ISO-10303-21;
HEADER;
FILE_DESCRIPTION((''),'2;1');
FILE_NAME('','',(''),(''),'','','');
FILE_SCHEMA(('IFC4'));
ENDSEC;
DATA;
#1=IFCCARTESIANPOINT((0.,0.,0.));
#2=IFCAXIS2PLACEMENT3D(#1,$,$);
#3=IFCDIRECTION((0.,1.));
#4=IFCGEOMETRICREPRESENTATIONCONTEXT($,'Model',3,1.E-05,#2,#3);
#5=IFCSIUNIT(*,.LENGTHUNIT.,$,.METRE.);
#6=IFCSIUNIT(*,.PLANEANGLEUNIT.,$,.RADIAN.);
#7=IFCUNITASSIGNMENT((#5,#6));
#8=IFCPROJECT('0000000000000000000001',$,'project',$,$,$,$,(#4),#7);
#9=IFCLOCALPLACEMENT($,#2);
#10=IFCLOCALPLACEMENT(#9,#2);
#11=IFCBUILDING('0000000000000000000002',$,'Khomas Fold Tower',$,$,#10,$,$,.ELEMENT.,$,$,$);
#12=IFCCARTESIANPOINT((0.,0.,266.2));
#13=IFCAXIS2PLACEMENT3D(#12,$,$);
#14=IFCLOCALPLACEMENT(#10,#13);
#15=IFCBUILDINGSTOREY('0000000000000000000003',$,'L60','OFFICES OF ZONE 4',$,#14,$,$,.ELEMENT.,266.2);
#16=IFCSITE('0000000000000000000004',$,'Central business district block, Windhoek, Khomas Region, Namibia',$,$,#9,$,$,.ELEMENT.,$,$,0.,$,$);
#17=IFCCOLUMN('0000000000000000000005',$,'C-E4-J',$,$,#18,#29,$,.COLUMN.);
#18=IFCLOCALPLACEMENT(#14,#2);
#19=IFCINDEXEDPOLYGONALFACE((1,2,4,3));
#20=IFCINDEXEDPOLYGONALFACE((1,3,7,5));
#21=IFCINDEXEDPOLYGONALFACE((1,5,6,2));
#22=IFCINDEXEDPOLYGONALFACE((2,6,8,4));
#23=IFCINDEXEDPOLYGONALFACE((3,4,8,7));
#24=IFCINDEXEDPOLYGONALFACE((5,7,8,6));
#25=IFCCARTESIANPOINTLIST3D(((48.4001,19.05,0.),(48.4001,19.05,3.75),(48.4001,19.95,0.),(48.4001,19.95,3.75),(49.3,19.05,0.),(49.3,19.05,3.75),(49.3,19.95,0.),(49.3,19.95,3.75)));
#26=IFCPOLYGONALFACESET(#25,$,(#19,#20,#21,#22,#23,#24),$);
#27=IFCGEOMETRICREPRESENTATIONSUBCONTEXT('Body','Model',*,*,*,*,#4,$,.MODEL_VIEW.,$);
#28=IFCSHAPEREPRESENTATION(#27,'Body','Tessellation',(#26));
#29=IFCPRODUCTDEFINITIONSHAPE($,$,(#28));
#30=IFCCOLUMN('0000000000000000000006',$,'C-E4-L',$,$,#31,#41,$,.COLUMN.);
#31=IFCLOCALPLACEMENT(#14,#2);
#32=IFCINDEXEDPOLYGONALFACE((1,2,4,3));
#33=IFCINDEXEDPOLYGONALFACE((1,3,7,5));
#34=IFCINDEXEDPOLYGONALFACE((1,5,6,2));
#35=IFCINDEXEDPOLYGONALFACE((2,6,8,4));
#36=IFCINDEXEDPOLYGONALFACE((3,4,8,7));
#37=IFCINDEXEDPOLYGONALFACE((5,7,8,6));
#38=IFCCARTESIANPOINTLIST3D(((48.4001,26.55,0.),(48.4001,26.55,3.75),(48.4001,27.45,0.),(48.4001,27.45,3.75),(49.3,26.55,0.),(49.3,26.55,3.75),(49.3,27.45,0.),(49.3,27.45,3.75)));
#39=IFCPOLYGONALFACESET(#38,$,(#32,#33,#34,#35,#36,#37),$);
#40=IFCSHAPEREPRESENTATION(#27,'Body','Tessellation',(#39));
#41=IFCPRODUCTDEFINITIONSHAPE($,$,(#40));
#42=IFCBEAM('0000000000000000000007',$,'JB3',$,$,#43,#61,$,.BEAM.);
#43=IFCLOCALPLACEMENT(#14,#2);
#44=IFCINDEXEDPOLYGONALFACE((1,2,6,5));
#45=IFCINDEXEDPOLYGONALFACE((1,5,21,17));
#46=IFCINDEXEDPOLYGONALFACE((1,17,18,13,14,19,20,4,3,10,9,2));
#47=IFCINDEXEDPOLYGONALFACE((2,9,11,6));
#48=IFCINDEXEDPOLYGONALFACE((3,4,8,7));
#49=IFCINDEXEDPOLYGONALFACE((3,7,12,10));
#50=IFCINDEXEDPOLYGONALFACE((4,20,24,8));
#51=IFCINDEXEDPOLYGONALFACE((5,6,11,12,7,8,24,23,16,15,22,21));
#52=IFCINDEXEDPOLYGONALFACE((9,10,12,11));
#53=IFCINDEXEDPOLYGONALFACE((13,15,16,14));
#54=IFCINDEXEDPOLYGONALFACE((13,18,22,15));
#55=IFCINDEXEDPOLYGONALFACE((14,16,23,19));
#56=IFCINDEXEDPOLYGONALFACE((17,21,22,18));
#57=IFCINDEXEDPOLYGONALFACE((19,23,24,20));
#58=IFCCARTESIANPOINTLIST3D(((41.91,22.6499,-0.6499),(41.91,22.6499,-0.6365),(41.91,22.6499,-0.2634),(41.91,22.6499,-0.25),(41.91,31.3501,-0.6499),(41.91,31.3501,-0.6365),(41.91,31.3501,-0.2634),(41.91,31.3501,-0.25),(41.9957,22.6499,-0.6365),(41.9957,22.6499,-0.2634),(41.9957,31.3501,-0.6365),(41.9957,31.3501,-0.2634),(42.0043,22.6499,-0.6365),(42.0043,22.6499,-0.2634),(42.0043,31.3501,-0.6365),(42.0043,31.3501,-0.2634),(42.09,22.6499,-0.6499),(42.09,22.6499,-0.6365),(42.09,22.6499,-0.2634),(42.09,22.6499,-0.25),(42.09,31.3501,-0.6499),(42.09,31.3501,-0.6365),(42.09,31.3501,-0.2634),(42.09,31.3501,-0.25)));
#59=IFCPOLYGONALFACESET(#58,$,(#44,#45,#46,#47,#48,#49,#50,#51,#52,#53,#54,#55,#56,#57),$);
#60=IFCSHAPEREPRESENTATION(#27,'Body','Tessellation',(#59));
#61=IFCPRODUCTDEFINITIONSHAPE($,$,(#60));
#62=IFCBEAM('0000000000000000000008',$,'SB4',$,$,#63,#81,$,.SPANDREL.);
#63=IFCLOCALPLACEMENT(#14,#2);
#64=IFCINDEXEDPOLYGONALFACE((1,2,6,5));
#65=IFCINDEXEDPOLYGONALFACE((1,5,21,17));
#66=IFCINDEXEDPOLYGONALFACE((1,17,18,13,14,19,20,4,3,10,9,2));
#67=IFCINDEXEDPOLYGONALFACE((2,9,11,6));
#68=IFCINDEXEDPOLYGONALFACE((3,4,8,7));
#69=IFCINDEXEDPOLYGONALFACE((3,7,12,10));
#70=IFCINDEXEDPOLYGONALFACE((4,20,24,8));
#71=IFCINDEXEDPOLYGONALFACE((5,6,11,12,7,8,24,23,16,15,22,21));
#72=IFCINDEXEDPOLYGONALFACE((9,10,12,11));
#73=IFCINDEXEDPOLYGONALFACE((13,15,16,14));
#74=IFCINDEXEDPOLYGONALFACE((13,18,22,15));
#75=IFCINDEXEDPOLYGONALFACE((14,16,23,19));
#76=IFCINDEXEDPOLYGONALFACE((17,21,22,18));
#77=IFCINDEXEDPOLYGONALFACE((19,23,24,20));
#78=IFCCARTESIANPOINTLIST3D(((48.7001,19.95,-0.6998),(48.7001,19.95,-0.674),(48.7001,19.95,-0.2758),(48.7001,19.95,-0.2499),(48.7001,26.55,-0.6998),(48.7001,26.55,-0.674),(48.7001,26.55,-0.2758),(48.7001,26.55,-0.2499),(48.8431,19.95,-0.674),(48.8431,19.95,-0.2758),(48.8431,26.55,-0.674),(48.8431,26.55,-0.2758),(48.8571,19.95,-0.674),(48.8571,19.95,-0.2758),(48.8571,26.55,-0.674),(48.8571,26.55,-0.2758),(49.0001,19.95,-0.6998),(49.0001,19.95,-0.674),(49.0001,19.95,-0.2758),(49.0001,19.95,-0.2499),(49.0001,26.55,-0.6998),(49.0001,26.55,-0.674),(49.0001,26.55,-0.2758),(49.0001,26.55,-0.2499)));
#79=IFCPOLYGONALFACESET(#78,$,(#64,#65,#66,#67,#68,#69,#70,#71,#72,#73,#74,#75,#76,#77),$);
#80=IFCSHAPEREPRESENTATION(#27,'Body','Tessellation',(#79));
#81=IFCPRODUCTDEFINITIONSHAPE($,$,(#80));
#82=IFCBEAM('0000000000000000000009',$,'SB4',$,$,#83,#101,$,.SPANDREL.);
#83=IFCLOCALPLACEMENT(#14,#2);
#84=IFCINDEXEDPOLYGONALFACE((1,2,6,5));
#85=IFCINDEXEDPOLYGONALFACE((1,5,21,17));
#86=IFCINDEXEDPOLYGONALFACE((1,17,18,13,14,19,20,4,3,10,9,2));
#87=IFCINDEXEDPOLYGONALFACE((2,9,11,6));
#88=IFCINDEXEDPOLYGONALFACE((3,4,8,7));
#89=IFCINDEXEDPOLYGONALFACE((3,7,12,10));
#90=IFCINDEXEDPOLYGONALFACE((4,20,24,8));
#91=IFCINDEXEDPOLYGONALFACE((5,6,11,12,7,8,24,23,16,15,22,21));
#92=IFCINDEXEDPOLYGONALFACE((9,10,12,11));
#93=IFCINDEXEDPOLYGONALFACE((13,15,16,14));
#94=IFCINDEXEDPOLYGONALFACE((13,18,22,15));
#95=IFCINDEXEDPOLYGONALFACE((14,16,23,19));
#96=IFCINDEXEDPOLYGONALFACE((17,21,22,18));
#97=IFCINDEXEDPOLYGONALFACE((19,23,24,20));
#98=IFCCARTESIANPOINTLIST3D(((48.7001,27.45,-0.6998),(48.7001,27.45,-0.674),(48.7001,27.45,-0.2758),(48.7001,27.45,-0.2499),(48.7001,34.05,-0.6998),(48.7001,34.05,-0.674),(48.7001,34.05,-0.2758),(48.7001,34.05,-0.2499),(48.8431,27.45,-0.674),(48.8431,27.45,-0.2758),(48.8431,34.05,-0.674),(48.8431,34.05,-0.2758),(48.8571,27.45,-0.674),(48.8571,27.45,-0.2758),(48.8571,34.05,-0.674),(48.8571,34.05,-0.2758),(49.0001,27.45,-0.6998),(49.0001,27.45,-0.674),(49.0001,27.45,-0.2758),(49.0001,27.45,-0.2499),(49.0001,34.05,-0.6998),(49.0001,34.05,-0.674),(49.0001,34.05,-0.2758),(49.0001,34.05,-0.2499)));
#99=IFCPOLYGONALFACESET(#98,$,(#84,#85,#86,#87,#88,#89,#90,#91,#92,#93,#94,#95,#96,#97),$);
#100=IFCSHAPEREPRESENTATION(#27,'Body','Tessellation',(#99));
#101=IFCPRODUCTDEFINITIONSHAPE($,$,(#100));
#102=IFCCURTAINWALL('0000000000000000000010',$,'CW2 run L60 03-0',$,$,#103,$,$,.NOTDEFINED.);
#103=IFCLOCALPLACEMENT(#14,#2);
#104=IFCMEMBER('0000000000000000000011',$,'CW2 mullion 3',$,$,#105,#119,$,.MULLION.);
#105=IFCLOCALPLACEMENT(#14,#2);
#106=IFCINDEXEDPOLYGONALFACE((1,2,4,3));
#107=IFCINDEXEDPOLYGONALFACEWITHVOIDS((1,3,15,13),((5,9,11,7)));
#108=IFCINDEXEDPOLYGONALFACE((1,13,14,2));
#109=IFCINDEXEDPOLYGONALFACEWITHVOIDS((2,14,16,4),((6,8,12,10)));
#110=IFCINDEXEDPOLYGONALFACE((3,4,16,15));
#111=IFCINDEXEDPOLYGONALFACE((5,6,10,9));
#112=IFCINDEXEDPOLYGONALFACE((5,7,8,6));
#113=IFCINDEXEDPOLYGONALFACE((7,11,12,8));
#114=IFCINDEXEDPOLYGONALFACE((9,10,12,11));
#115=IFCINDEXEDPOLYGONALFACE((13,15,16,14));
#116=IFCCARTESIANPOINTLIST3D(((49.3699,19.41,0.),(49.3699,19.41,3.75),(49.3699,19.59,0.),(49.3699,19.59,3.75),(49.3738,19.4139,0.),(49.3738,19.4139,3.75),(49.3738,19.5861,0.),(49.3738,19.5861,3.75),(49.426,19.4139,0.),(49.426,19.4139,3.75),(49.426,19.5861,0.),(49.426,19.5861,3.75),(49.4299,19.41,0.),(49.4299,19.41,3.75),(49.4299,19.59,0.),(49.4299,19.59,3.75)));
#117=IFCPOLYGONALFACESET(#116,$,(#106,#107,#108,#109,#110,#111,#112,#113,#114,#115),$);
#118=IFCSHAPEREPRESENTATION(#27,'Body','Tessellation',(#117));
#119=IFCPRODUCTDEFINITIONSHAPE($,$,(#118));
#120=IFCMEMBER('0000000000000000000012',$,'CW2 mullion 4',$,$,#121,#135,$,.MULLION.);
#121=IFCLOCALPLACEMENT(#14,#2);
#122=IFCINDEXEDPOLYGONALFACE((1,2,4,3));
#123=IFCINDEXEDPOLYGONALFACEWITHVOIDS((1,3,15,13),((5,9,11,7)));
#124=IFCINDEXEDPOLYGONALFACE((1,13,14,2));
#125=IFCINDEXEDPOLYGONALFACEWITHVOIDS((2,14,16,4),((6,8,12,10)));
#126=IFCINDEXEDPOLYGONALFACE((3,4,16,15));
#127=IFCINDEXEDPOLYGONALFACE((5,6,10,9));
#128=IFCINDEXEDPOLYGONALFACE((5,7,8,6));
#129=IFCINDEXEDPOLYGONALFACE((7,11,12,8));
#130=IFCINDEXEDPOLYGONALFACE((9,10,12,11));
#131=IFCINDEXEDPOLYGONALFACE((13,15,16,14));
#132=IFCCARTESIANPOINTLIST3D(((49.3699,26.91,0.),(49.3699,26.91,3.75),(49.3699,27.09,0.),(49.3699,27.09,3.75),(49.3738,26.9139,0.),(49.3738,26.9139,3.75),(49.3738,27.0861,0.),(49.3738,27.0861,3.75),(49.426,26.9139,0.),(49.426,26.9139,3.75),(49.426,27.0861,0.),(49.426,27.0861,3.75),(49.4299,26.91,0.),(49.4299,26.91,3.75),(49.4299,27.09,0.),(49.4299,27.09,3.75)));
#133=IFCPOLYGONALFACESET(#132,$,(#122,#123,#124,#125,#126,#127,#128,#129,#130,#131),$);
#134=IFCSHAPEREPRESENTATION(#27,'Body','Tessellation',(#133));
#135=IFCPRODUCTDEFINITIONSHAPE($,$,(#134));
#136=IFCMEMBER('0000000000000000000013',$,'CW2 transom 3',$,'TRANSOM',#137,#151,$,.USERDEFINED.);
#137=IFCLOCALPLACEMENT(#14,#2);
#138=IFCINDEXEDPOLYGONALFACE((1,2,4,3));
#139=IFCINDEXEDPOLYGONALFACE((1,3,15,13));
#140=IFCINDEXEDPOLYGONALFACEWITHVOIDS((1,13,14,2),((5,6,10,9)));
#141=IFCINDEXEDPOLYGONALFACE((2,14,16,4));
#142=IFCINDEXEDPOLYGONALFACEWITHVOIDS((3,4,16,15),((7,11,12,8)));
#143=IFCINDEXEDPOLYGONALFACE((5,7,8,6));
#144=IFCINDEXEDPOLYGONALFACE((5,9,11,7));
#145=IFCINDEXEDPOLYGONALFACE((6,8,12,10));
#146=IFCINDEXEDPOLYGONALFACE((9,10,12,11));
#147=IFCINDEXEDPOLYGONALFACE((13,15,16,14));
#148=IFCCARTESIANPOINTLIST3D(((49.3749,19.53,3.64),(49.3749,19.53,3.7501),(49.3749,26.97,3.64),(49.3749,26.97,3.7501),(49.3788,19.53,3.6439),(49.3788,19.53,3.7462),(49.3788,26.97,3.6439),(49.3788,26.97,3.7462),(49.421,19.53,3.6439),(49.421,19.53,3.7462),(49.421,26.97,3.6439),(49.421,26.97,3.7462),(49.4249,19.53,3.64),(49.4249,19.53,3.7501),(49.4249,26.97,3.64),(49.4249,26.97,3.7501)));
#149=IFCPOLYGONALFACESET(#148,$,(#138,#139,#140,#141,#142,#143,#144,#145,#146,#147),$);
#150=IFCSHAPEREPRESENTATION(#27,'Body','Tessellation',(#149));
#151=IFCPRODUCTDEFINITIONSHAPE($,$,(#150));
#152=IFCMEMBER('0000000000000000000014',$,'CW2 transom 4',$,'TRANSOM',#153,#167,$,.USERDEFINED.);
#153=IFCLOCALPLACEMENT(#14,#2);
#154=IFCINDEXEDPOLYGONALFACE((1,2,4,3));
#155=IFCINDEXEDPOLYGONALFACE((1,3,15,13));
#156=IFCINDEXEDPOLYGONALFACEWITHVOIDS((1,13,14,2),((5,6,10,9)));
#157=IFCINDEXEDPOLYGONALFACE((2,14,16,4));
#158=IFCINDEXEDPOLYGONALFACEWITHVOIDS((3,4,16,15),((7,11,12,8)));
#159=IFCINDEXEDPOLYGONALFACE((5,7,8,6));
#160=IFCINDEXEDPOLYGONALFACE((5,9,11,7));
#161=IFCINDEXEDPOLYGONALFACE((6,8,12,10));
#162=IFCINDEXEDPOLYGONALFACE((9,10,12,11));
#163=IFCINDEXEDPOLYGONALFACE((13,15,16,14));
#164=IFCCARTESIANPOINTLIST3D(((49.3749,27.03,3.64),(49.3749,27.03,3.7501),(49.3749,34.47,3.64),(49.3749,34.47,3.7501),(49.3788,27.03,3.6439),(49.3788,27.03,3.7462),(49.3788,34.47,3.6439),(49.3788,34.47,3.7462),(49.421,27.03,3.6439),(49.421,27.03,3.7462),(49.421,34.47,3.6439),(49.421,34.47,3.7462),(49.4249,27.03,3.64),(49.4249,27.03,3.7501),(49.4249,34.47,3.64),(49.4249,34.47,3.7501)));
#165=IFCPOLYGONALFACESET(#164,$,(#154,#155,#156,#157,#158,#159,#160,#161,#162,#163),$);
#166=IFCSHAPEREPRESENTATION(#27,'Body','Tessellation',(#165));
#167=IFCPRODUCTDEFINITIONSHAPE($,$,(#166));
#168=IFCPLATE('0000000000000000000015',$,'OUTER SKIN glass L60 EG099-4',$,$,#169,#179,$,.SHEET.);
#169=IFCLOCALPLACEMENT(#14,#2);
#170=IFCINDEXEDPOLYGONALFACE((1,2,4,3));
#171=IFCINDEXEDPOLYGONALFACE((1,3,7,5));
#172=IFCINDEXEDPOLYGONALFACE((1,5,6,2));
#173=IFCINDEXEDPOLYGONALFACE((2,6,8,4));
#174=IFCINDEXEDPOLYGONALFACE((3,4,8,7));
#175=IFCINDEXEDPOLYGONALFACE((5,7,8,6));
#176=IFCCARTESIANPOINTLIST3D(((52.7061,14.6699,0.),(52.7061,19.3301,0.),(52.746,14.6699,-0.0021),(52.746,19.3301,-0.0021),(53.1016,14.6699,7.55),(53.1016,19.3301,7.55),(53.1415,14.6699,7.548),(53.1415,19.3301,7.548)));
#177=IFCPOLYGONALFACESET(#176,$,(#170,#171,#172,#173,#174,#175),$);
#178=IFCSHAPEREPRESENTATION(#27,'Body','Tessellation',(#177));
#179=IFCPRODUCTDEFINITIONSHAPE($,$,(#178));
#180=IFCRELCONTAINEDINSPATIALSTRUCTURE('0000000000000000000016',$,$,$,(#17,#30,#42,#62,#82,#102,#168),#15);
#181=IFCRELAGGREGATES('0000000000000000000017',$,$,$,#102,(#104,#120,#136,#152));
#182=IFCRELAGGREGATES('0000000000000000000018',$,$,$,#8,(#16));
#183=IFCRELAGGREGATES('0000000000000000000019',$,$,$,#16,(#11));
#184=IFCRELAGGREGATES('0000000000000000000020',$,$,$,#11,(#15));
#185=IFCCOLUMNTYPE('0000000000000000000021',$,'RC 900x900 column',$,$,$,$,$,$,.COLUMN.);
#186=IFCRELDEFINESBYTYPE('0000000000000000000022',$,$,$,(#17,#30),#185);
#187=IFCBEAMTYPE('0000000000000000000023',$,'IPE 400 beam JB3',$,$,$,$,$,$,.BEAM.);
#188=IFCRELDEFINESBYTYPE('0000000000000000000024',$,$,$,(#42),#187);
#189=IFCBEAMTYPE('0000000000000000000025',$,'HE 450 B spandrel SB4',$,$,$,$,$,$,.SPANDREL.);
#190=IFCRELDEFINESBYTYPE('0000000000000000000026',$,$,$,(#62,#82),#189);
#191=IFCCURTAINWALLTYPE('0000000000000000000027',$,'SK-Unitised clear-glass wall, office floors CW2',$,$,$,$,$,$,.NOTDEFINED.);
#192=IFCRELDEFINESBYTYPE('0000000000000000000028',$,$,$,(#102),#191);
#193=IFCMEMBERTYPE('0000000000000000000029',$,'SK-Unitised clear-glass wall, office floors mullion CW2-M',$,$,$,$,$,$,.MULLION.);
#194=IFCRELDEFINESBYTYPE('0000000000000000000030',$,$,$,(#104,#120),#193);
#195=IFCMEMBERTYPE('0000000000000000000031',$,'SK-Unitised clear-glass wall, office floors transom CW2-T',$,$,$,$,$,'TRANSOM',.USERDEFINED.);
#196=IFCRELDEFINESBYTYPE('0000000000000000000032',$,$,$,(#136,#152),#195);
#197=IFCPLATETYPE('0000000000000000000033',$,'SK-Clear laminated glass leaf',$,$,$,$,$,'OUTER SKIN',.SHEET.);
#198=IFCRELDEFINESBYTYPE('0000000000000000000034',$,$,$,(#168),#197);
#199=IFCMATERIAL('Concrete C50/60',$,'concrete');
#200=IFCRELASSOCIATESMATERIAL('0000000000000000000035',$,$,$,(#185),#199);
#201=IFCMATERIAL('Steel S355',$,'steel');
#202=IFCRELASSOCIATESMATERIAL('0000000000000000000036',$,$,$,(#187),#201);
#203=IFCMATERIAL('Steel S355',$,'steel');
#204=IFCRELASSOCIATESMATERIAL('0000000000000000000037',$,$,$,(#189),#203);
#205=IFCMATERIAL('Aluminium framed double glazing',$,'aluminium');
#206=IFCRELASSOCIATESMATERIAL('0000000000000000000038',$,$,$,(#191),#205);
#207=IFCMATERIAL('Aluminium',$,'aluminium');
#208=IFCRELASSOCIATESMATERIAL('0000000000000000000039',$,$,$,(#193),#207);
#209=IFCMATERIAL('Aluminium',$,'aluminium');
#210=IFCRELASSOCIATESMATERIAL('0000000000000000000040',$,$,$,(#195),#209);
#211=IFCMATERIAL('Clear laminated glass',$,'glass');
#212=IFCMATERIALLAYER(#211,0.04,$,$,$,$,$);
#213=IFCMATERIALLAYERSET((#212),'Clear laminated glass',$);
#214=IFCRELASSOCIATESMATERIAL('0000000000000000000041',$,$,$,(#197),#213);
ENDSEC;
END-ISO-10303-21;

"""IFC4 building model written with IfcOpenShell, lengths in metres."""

from ifc_helpers import new_model, si_unit, direction, frame, origin, origin_2d, place, context, subcontext, project, spatial, polyline, rectangle, hollow_rectangle, i_section, outline, extrude, source, transform, mapped, material, layer, layer_set, material_profile, profile_set, type_object, element, aggregate, save


model = new_model("IFC4")

# Units and contexts
model_context = context("Model", 3, precision=1e-05, world=origin(), true_north=direction((0.0, 1.0)))
body_context = subcontext(model_context, "Body", "Model", "MODEL_VIEW")
ifc_project = project(units=[si_unit("LENGTHUNIT", "METRE"), si_unit("PLANEANGLEUNIT", "RADIAN")], contexts=[model_context])

# Site, building, storey
site_placement = place(None, origin())
site = spatial("IfcSite", under=ifc_project, at=site_placement, Name="Central business district block, Windhoek, Khomas Region, Namibia", CompositionType="ELEMENT", RefElevation=0.0)
building_placement = place(site_placement, origin())
building = spatial("IfcBuilding", under=site, at=building_placement, Name="Khomas Fold Tower", CompositionType="ELEMENT")
storey_placement = place(building_placement, frame((0.0, 0.0, 266.2)))
storey = spatial("IfcBuildingStorey", under=building, at=storey_placement, Name="L60", Description="OFFICES OF ZONE 4", CompositionType="ELEMENT", Elevation=266.2)

# Columns
ifc_material_1 = material(Name="Concrete C50/60", Category="concrete")
ifc_material_profile_1 = material_profile(ifc_material_1, rectangle(XDim=0.8999, YDim=0.8999, at=origin_2d()), Name="RC 900x900")
ifc_profile_set_1 = profile_set([ifc_material_profile_1], Name="Concrete C50/60")
column_type = type_object("IfcColumnType", Name="RC 900x900 column", PredefinedType="COLUMN", material=ifc_profile_set_1)
shared_shape_1 = source(origin(), body_context, "Body", "SweptSolid", [
    extrude(rectangle(XDim=0.8999, YDim=0.8999, at=origin_2d()), origin(), (0.0, 0.0, 1.0), 3.75),
])
for number, where, z_axis, x_axis, name in (
    (1, (48.8501, 19.5, 0.0), (0.0, 0.0, 1.0), (1.0, 0.0, 0.0), "C-E4-J"),
    (2, (48.8501, 27.0, 0.0), (0.0, 0.0, 1.0), (1.0, 0.0, 0.0), "C-E4-L"),
):
    element("IfcColumn", number, at=place(storey_placement, frame(where, z_axis=z_axis, x_axis=x_axis)), inside=storey, type_object=column_type, Name=name, PredefinedType="COLUMN", context=body_context, shape_type="MappedRepresentation", body=[
        mapped(shared_shape_1, transform((0.0, 0.0, 0.0))),
    ])

# Beams
ifc_material_2 = material(Name="Steel S355", Category="steel")
ifc_material_profile_2 = material_profile(ifc_material_2, i_section(OverallWidth=0.1799, OverallDepth=0.3999, WebThickness=0.0085, FlangeThickness=0.0134, at=origin_2d()), Name="IPE 400")
ifc_profile_set_2 = profile_set([ifc_material_profile_2], Name="Steel S355")
beam_type_1 = type_object("IfcBeamType", Name="IPE 400 beam JB3", PredefinedType="BEAM", material=ifc_profile_set_2)
shared_shape_2 = source(origin(), body_context, "Body", "SweptSolid", [
    extrude(i_section(OverallWidth=0.1799, OverallDepth=0.3999, WebThickness=0.0085, FlangeThickness=0.0134, at=origin_2d()), origin(), (0.0, 0.0, 1.0), 8.7002),
])
beam_placement = place(storey_placement, frame((42.0, 22.6499, -0.45), z_axis=(0.0, 1.0, 0.0), x_axis=(-1.0, 0.0, 0.0)))
element("IfcBeam", 3, at=beam_placement, inside=storey, type_object=beam_type_1, Name="JB3", PredefinedType="BEAM", context=body_context, shape_type="MappedRepresentation", body=[
    mapped(shared_shape_2, transform((0.0, 0.0, 0.0))),
])
ifc_material_3 = material(Name="Steel S355", Category="steel")
ifc_material_profile_3 = material_profile(ifc_material_3, i_section(OverallWidth=0.3, OverallDepth=0.45, WebThickness=0.0139, FlangeThickness=0.0259, at=origin_2d()), Name="HE 450 B")
ifc_profile_set_3 = profile_set([ifc_material_profile_3], Name="Steel S355")
beam_type_2 = type_object("IfcBeamType", Name="HE 450 B spandrel SB4", PredefinedType="SPANDREL", material=ifc_profile_set_3)
shared_shape_3 = source(origin(), body_context, "Body", "SweptSolid", [
    extrude(i_section(OverallWidth=0.3, OverallDepth=0.45, WebThickness=0.0139, FlangeThickness=0.0259, at=origin_2d()), origin(), (0.0, 0.0, 1.0), 6.6001),
])
for number, where, z_axis, x_axis, name in (
    (4, (48.8501, 19.95, -0.4749), (0.0, 1.0, 0.0), (-1.0, 0.0, 0.0), "SB4"),
    (5, (48.8501, 27.45, -0.4749), (0.0, 1.0, 0.0), (-1.0, 0.0, 0.0), "SB4"),
):
    element("IfcBeam", number, at=place(storey_placement, frame(where, z_axis=z_axis, x_axis=x_axis)), inside=storey, type_object=beam_type_2, Name=name, PredefinedType="SPANDREL", context=body_context, shape_type="MappedRepresentation", body=[
        mapped(shared_shape_3, transform((0.0, 0.0, 0.0))),
    ])

# Curtain wall, members
ifc_material_4 = material(Name="Aluminium framed double glazing", Category="aluminium")
curtain_wall_type = type_object("IfcCurtainWallType", Name="SK-Unitised clear-glass wall, office floors CW2", PredefinedType="NOTDEFINED", material=ifc_material_4)
curtain_wall_placement = place(storey_placement, origin())
curtain_wall = element("IfcCurtainWall", 6, at=curtain_wall_placement, inside=storey, type_object=curtain_wall_type, Name="CW2 run L60 03-0", PredefinedType="NOTDEFINED")
ifc_material_5 = material(Name="Aluminium", Category="aluminium")
ifc_material_profile_4 = material_profile(ifc_material_5, hollow_rectangle(XDim=0.0601, YDim=0.1799, WallThickness=0.0039, at=origin_2d()), Name="SK-Unitised clear-glass wall, office floors mullion CW2-M")
ifc_profile_set_4 = profile_set([ifc_material_profile_4], Name="Aluminium")
member_type_1 = type_object("IfcMemberType", Name="SK-Unitised clear-glass wall, office floors mullion CW2-M", PredefinedType="MULLION", material=ifc_profile_set_4)
shared_shape_4 = source(origin(), body_context, "Body", "SweptSolid", [
    extrude(hollow_rectangle(XDim=0.0601, YDim=0.1799, WallThickness=0.0039, at=origin_2d()), origin(), (0.0, 0.0, 1.0), 3.75),
])
member_1_placement = place(storey_placement, frame((49.3999, 19.5, 0.0), z_axis=(0.0, 0.0, 1.0), x_axis=(-1.0, 0.0, 0.0)))
member_1 = element("IfcMember", 7, at=member_1_placement, type_object=member_type_1, Name="CW2 mullion 3", PredefinedType="MULLION", context=body_context, shape_type="MappedRepresentation", body=[
    mapped(shared_shape_4, transform((0.0, 0.0, 0.0))),
])
member_2_placement = place(storey_placement, frame((49.3999, 27.0, 0.0), z_axis=(0.0, 0.0, 1.0), x_axis=(-1.0, 0.0, 0.0)))
member_2 = element("IfcMember", 8, at=member_2_placement, type_object=member_type_1, Name="CW2 mullion 4", PredefinedType="MULLION", context=body_context, shape_type="MappedRepresentation", body=[
    mapped(shared_shape_4, transform((0.0, 0.0, 0.0))),
])
ifc_material_6 = material(Name="Aluminium", Category="aluminium")
ifc_material_profile_5 = material_profile(ifc_material_6, hollow_rectangle(XDim=0.05, YDim=0.1101, WallThickness=0.0039, at=origin_2d()), Name="SK-Unitised clear-glass wall, office floors transom CW2-T")
ifc_profile_set_5 = profile_set([ifc_material_profile_5], Name="Aluminium")
member_type_2 = type_object("IfcMemberType", Name="SK-Unitised clear-glass wall, office floors transom CW2-T", ElementType="TRANSOM", PredefinedType="USERDEFINED", material=ifc_profile_set_5)
shared_shape_5 = source(origin(), body_context, "Body", "SweptSolid", [
    extrude(hollow_rectangle(XDim=0.05, YDim=0.1101, WallThickness=0.0039, at=origin_2d()), origin(), (0.0, 0.0, 1.0), 7.4399),
])
member_3_placement = place(storey_placement, frame((49.3999, 19.53, 3.6951), z_axis=(0.0, 1.0, 0.0), x_axis=(-1.0, 0.0, 0.0)))
member_3 = element("IfcMember", 9, at=member_3_placement, type_object=member_type_2, Name="CW2 transom 3", ObjectType="TRANSOM", PredefinedType="USERDEFINED", context=body_context, shape_type="MappedRepresentation", body=[
    mapped(shared_shape_5, transform((0.0, 0.0, 0.0))),
])
member_4_placement = place(storey_placement, frame((49.3999, 27.03, 3.6951), z_axis=(0.0, 1.0, 0.0), x_axis=(-1.0, 0.0, 0.0)))
member_4 = element("IfcMember", 10, at=member_4_placement, type_object=member_type_2, Name="CW2 transom 4", ObjectType="TRANSOM", PredefinedType="USERDEFINED", context=body_context, shape_type="MappedRepresentation", body=[
    mapped(shared_shape_5, transform((0.0, 0.0, 0.0))),
])

# Plate
ifc_material_7 = material(Name="Clear laminated glass", Category="glass")
ifc_layer_1 = layer(ifc_material_7, 0.04)
ifc_layer_set_1 = layer_set([ifc_layer_1], Name="Clear laminated glass")
plate_type_1 = type_object("IfcPlateType", Name="SK-Clear laminated glass leaf", ElementType="OUTER SKIN", PredefinedType="SHEET", material=ifc_layer_set_1)
for number, where, z_axis, x_axis, name in (
    (11, (52.7061, 14.6699, 0.0), (-0.998631, 0.0, 0.052313), (0.052313, 0.0, 0.998631), "OUTER SKIN glass L60 EG099-4"),
):
    element("IfcPlate", number, at=place(storey_placement, frame(where, z_axis=z_axis, x_axis=x_axis)), inside=storey, type_object=plate_type_1, Name=name, PredefinedType="SHEET", context=body_context, shape_type="SweptSolid", body=[
        extrude(outline(polyline([(0.0, 0.0), (7.5604, 0.0), (7.5604, 4.6602), (0.0, 4.6602), (0.0, 0.0)])), origin(), (0.0, 0.0, -1.0), 0.04),
    ])

aggregate(curtain_wall, [member_1, member_2, member_3, member_4])

save(model, "model.ifc")
